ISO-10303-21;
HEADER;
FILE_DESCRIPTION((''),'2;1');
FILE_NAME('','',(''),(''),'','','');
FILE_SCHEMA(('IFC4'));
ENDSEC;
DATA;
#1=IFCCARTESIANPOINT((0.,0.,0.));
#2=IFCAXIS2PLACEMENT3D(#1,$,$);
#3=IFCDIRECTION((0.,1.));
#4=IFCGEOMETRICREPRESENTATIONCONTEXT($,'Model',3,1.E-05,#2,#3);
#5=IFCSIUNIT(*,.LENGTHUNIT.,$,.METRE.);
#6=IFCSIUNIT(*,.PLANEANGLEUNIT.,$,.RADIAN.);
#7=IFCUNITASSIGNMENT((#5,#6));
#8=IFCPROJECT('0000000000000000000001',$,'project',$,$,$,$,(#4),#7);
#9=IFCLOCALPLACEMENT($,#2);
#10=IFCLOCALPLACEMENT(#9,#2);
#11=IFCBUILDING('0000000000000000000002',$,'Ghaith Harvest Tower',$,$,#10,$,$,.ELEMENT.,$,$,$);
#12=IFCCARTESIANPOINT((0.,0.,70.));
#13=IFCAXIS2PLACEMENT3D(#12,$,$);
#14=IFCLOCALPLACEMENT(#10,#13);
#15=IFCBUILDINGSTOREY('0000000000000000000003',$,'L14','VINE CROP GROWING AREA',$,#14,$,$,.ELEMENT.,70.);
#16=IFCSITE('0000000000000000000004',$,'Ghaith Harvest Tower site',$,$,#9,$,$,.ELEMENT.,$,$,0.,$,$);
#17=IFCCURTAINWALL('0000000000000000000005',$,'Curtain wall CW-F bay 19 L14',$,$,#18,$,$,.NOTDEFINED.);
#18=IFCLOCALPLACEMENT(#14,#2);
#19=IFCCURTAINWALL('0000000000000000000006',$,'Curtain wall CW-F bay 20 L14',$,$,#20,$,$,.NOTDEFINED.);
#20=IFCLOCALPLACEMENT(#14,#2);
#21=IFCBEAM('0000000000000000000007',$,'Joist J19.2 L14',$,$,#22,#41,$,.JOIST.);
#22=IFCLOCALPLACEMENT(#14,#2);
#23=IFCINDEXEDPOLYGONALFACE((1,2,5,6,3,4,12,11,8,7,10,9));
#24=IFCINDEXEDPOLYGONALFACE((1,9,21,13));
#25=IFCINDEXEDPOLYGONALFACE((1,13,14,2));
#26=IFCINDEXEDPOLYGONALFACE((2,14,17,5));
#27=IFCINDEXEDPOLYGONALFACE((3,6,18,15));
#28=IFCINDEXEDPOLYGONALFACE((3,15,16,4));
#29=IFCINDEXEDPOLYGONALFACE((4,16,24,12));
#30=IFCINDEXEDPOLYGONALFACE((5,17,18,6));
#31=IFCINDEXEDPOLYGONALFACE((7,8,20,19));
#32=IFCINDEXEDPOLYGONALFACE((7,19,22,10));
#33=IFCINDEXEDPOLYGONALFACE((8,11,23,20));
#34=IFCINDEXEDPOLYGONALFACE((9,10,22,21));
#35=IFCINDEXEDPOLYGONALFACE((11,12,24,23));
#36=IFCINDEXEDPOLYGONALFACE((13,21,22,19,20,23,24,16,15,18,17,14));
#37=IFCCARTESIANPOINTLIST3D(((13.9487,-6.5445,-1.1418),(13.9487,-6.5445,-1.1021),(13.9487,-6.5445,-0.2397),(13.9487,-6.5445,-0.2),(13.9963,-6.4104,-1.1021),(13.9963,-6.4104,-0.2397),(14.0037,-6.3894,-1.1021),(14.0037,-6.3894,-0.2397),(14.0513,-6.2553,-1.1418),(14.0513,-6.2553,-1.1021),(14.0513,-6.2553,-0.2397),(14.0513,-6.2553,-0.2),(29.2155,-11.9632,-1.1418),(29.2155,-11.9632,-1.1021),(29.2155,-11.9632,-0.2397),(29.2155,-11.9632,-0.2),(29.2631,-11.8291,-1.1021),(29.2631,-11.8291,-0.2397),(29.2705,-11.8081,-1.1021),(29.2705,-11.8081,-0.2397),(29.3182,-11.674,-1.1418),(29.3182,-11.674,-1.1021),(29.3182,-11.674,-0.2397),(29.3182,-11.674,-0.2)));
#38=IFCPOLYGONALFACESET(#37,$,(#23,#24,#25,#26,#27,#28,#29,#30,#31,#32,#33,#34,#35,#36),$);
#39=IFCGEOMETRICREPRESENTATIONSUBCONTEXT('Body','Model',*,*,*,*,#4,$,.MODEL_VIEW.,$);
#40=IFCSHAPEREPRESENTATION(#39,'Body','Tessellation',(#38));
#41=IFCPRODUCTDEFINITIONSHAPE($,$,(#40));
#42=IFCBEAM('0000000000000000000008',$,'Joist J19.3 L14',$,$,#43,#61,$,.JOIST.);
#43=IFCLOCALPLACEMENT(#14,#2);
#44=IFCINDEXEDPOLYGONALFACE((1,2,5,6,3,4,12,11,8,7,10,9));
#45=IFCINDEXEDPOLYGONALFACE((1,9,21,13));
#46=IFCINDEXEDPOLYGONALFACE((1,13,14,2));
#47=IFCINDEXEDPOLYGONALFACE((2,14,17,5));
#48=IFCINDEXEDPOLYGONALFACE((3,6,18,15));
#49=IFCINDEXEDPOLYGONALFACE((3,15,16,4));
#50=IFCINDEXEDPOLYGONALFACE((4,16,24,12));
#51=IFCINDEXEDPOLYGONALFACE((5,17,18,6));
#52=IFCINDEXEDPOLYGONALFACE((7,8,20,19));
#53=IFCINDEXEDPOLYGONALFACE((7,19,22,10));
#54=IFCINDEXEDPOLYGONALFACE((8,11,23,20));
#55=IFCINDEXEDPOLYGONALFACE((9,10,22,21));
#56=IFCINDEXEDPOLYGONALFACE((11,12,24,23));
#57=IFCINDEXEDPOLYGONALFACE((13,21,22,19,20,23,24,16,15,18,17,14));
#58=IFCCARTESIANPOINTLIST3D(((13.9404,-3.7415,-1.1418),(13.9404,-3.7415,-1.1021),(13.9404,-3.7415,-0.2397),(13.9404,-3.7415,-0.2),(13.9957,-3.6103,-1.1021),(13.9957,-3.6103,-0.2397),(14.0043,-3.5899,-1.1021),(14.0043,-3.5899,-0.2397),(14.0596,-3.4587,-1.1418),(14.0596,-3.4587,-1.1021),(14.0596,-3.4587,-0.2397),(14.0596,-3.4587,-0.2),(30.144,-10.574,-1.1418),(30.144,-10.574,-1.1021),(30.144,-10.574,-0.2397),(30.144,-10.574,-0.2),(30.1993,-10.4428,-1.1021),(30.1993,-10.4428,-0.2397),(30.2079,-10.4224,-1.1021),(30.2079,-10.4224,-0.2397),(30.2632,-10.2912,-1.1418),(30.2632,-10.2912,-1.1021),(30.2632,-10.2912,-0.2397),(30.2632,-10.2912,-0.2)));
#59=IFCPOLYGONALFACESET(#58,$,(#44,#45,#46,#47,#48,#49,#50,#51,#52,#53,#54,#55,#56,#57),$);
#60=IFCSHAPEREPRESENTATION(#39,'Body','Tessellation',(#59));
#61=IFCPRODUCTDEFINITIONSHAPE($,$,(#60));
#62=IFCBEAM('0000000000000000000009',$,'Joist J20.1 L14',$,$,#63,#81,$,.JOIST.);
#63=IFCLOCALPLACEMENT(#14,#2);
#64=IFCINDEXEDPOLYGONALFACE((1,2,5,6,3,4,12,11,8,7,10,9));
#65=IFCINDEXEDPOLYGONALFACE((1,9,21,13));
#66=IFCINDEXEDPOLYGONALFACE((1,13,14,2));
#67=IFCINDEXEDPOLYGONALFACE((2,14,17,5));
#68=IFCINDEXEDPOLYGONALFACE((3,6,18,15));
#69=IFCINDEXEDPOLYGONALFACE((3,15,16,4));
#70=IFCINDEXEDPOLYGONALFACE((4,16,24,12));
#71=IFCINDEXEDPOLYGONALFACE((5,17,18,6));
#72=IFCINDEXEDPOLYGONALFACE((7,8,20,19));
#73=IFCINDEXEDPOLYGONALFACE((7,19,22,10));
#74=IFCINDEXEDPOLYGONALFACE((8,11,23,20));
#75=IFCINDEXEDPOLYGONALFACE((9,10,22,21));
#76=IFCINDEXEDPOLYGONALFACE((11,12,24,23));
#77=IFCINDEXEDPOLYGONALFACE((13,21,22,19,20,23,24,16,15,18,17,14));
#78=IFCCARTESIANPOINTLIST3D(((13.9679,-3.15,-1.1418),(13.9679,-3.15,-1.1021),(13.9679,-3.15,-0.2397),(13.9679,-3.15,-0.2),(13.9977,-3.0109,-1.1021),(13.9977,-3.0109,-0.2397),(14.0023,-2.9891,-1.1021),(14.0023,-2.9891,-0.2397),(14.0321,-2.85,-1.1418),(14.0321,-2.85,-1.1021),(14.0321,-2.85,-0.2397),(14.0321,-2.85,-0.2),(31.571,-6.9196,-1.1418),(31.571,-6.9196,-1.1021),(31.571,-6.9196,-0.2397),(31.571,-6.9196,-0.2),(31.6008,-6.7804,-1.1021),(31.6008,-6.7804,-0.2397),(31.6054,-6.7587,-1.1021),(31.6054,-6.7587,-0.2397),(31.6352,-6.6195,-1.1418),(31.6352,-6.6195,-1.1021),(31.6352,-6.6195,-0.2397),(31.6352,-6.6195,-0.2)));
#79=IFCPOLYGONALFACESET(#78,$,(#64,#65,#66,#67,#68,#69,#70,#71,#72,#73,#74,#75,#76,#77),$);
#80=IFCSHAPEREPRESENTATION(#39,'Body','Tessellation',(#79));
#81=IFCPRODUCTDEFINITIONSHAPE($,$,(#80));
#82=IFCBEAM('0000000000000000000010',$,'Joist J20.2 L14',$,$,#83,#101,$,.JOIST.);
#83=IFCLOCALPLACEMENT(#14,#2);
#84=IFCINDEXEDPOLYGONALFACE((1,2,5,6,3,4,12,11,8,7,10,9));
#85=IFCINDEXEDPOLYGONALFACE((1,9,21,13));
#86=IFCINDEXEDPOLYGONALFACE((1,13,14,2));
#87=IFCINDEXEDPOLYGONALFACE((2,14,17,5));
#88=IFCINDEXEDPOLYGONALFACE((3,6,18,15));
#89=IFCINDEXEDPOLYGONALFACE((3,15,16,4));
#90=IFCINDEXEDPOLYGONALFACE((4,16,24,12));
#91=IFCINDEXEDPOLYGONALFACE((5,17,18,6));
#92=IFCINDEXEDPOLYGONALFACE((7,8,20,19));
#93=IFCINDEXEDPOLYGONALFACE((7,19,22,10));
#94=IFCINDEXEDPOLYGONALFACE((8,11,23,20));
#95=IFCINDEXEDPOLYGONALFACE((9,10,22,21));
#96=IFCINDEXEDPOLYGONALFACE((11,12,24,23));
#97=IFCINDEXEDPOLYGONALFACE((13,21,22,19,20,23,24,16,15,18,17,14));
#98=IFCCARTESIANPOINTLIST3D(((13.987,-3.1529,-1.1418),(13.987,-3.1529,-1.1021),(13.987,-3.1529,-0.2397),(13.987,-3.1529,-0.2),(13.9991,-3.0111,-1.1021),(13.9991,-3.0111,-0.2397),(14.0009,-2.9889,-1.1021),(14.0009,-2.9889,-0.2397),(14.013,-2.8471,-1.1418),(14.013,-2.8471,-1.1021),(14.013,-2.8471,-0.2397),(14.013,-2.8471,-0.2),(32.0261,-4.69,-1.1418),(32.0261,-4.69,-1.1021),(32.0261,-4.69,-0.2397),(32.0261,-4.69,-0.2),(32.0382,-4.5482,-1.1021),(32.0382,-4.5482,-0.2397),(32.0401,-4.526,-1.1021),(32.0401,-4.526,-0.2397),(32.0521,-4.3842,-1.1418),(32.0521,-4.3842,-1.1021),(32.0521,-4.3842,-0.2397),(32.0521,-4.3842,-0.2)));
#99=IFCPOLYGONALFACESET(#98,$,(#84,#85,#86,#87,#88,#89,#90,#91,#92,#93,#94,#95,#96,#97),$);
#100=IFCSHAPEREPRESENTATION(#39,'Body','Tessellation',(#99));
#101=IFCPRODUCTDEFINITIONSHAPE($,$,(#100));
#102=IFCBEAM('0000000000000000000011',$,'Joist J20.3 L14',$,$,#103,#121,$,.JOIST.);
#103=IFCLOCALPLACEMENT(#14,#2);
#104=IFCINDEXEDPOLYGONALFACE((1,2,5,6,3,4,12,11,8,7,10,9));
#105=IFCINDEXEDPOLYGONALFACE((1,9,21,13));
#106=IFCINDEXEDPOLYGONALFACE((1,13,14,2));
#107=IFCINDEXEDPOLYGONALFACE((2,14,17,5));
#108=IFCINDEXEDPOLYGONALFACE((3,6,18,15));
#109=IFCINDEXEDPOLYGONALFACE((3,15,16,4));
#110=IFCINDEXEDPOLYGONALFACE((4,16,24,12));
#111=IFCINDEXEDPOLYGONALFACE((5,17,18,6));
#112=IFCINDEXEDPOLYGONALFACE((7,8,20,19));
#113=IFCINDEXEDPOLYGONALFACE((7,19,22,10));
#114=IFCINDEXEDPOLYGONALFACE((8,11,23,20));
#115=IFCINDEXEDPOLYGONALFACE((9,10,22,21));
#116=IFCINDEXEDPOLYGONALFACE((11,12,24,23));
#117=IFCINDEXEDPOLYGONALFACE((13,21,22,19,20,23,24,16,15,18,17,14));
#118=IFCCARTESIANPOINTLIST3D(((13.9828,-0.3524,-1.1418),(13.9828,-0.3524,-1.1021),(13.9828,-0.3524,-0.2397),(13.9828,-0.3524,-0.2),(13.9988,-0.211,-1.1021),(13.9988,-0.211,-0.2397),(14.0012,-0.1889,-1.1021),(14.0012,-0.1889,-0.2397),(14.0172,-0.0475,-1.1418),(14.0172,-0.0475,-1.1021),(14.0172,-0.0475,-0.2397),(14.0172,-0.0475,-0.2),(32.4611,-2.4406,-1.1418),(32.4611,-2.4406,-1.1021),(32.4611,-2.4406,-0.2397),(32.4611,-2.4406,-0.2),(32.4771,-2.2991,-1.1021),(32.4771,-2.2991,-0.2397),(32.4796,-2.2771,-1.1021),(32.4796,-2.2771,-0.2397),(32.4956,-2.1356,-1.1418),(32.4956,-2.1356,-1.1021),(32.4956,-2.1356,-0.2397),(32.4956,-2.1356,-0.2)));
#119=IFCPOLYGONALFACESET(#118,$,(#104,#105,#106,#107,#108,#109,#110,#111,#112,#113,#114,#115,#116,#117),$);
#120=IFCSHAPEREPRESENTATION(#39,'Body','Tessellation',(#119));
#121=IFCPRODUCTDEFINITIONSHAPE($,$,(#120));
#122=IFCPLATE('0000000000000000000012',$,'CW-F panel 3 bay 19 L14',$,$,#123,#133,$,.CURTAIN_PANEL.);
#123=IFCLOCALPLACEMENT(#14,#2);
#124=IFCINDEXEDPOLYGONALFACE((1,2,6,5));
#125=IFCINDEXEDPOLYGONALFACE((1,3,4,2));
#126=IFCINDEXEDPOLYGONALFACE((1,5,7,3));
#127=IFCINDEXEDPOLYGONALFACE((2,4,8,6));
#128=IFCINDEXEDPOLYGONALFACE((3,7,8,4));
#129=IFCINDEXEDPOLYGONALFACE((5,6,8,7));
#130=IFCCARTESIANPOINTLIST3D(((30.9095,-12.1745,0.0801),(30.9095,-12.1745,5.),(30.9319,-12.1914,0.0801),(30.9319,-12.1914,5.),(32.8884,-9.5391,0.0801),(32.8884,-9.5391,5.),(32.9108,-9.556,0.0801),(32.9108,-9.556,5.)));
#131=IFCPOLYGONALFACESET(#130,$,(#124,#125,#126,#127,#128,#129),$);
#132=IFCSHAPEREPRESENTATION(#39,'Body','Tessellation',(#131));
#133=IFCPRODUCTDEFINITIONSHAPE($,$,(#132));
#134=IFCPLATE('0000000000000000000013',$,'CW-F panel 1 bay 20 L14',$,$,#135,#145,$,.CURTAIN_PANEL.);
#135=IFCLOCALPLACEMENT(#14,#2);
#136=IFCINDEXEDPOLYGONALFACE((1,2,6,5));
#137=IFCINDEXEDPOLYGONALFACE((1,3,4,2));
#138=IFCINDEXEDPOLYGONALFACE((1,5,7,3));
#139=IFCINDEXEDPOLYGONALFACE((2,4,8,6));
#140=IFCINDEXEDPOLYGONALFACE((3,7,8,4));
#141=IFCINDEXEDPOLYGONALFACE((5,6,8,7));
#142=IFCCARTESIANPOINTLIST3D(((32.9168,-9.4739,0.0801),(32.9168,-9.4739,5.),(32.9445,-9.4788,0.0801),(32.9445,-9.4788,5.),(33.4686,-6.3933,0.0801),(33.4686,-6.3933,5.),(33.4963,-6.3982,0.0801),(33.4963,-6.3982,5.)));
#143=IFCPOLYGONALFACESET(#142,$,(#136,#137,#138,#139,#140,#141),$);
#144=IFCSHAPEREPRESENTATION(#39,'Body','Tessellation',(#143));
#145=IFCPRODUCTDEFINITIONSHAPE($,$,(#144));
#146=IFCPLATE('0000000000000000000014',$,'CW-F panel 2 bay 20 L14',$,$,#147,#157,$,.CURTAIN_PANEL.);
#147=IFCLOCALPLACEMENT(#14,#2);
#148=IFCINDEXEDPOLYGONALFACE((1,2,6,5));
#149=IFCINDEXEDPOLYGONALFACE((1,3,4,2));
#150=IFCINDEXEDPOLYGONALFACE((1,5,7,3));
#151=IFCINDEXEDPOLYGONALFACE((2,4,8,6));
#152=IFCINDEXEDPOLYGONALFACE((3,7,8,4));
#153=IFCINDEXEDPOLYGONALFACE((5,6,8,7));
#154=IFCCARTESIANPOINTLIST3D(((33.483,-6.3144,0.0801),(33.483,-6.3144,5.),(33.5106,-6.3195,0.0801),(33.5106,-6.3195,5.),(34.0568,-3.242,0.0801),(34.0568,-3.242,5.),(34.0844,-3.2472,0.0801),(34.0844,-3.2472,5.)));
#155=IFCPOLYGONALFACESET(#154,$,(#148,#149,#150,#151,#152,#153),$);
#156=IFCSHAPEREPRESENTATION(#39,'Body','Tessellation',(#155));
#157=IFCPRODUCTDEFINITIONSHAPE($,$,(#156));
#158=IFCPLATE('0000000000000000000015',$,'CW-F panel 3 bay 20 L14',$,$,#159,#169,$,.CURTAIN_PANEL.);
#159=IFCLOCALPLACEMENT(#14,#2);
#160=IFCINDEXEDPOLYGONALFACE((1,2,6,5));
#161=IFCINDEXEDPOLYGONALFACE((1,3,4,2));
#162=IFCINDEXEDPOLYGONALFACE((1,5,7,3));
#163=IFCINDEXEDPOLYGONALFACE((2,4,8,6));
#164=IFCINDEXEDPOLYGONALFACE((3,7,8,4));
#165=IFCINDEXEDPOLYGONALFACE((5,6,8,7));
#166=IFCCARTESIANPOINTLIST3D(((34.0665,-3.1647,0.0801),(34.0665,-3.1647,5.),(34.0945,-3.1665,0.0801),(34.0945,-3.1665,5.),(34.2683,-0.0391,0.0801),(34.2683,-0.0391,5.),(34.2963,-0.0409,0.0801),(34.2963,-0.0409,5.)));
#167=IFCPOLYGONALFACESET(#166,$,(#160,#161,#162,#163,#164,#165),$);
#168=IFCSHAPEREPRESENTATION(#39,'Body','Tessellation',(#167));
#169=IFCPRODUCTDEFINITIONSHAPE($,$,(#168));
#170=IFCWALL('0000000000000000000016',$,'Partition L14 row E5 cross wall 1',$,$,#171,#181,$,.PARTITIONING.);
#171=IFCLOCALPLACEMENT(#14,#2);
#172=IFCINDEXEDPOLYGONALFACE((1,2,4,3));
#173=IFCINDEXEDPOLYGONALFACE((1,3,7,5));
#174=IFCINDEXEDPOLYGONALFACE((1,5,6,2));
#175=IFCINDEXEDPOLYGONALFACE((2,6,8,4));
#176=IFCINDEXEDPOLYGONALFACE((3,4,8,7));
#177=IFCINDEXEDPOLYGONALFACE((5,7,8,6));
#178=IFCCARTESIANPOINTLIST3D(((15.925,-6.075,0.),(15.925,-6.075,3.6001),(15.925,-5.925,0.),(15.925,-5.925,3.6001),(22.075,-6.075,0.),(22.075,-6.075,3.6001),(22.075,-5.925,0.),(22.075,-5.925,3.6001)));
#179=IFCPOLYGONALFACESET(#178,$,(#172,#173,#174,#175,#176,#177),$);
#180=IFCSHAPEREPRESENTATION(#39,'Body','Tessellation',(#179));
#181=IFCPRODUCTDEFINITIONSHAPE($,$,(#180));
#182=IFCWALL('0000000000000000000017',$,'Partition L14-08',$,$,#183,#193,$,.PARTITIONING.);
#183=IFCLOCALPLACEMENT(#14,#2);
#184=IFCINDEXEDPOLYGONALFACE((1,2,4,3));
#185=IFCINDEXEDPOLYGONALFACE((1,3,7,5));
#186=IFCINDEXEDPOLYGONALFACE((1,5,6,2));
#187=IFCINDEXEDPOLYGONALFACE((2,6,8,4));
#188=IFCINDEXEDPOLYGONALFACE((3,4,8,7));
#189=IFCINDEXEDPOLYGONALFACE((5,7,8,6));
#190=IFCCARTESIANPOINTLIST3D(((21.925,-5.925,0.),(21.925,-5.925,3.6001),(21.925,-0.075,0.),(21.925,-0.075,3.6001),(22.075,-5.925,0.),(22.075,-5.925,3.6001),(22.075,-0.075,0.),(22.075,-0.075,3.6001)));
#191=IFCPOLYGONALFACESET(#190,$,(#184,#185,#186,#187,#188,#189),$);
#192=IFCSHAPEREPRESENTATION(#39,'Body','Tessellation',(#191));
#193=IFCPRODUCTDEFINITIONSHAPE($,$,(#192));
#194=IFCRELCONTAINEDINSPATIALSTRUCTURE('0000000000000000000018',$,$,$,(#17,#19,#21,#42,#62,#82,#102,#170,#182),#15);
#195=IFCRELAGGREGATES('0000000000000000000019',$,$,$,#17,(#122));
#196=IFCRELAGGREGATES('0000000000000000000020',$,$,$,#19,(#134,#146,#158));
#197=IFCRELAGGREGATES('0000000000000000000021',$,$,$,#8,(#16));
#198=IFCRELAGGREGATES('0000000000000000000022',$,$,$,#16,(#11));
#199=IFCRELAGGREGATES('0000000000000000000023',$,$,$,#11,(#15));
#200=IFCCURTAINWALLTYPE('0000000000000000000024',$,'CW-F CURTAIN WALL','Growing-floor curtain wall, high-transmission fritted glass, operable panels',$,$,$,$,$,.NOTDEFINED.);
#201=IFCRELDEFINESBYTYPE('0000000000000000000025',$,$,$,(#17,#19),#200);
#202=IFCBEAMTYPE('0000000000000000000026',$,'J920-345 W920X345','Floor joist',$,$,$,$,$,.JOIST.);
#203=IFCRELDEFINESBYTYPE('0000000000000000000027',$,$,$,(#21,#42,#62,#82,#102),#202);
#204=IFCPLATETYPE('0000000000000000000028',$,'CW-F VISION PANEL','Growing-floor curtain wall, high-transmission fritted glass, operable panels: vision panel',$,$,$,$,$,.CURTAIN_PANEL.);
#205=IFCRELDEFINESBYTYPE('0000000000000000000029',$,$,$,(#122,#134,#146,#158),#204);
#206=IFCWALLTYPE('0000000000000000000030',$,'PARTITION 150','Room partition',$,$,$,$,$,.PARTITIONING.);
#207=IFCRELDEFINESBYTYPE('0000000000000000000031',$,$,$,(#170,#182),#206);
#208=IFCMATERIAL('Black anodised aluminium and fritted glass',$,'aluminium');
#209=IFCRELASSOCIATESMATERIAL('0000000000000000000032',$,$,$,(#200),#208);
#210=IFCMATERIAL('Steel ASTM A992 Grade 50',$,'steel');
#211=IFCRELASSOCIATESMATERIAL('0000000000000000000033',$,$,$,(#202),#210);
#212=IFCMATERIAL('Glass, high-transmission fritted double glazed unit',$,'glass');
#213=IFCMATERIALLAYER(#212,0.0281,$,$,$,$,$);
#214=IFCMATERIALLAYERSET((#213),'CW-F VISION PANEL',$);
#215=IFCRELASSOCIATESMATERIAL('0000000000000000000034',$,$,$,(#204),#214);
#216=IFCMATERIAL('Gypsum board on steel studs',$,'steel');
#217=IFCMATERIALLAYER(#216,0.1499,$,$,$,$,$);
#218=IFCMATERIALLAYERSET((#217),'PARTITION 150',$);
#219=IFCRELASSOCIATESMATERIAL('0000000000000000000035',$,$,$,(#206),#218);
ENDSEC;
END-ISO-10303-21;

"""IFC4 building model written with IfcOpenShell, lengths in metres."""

from ifc_helpers import new_model, si_unit, direction, frame, frame_2d, origin, origin_2d, place, context, subcontext, project, spatial, rectangle, i_section, extrude, material, layer, layer_set, material_profile, profile_set, type_object, element, aggregate, save


model = new_model("IFC4")

# Units and contexts
model_context = context("Model", 3, precision=1e-05, world=origin(), true_north=direction((0.0, 1.0)))
body_context = subcontext(model_context, "Body", "Model", "MODEL_VIEW")
ifc_project = project(units=[si_unit("LENGTHUNIT", "METRE"), si_unit("PLANEANGLEUNIT", "RADIAN")], contexts=[model_context])

# Site, building, storey
site_placement = place(None, origin())
site = spatial("IfcSite", under=ifc_project, at=site_placement, Name="Ghaith Harvest Tower site", CompositionType="ELEMENT", RefElevation=0.0)
building_placement = place(site_placement, origin())
building = spatial("IfcBuilding", under=site, at=building_placement, Name="Ghaith Harvest Tower", CompositionType="ELEMENT")
storey_placement = place(building_placement, frame((0.0, 0.0, 70.0)))
storey = spatial("IfcBuildingStorey", under=building, at=storey_placement, Name="L14", Description="VINE CROP GROWING AREA", CompositionType="ELEMENT", Elevation=70.0)

# Curtain wall
ifc_material_1 = material(Name="Black anodised aluminium and fritted glass", Category="aluminium")
curtain_wall_type = type_object("IfcCurtainWallType", Name="CW-F CURTAIN WALL", Description="Growing-floor curtain wall, high-transmission fritted glass, operable panels", PredefinedType="NOTDEFINED", material=ifc_material_1)
curtain_wall_1_placement = place(storey_placement, origin())
curtain_wall_1 = element("IfcCurtainWall", 1, at=curtain_wall_1_placement, inside=storey, type_object=curtain_wall_type, Name="Curtain wall CW-F bay 19 L14", PredefinedType="NOTDEFINED")

# Curtain wall
curtain_wall_2_placement = place(storey_placement, origin())
curtain_wall_2 = element("IfcCurtainWall", 2, at=curtain_wall_2_placement, inside=storey, type_object=curtain_wall_type, Name="Curtain wall CW-F bay 20 L14", PredefinedType="NOTDEFINED")

# Beams
ifc_material_2 = material(Name="Steel ASTM A992 Grade 50", Category="steel")
ifc_material_profile_1 = material_profile(ifc_material_2, i_section(OverallWidth=0.3069, OverallDepth=0.9419, WebThickness=0.0222, FlangeThickness=0.0398, at=origin_2d()), Name="W920X345")
ifc_profile_set_1 = profile_set([ifc_material_profile_1], Name="Steel ASTM A992 Grade 50")
beam_type_1 = type_object("IfcBeamType", Name="J920-345 W920X345", Description="Floor joist", PredefinedType="JOIST", material=ifc_profile_set_1)
beam_1_placement = place(storey_placement, frame((14.0, -6.3999, -0.6709), z_axis=(0.9424, -0.334488, 0.0), x_axis=(0.334488, 0.9424, 0.0)))
element("IfcBeam", 3, at=beam_1_placement, inside=storey, type_object=beam_type_1, Name="Joist J19.2 L14", PredefinedType="JOIST", context=body_context, shape_type="SweptSolid", body=[
    extrude(i_section(OverallWidth=0.3069, OverallDepth=0.9419, WebThickness=0.0222, FlangeThickness=0.0398, at=origin_2d()), origin(), (0.0, 0.0, 1.0), 16.2),
])
beam_2_placement = place(storey_placement, frame((14.0, -3.6001, -0.6709), z_axis=(0.921433, -0.388537, 0.0), x_axis=(0.388537, 0.921433, 0.0)))
element("IfcBeam", 4, at=beam_2_placement, inside=storey, type_object=beam_type_1, Name="Joist J19.3 L14", PredefinedType="JOIST", context=body_context, shape_type="SweptSolid", body=[
    extrude(i_section(OverallWidth=0.3069, OverallDepth=0.9419, WebThickness=0.0222, FlangeThickness=0.0398, at=origin_2d()), origin(), (0.0, 0.0, 1.0), 17.5852),
])
beam_3_placement = place(storey_placement, frame((14.0, -3.0, -0.6709), z_axis=(0.977831, -0.209394, 0.0), x_axis=(0.209394, 0.977831, 0.0)))
element("IfcBeam", 5, at=beam_3_placement, inside=storey, type_object=beam_type_1, Name="Joist J20.1 L14", PredefinedType="JOIST", context=body_context, shape_type="SweptSolid", body=[
    extrude(i_section(OverallWidth=0.3069, OverallDepth=0.9419, WebThickness=0.0222, FlangeThickness=0.0398, at=origin_2d()), origin(), (0.0, 0.0, 1.0), 18.0022),
])
beam_4_placement = place(storey_placement, frame((14.0, -3.0, -0.6709), z_axis=(0.996389, -0.084902, 0.0), x_axis=(0.084902, 0.996389, 0.0)))
element("IfcBeam", 6, at=beam_4_placement, inside=storey, type_object=beam_type_1, Name="Joist J20.2 L14", PredefinedType="JOIST", context=body_context, shape_type="SweptSolid", body=[
    extrude(i_section(OverallWidth=0.3069, OverallDepth=0.9419, WebThickness=0.0222, FlangeThickness=0.0398, at=origin_2d()), origin(), (0.0, 0.0, 1.0), 18.1045),
])
beam_5_placement = place(storey_placement, frame((14.0, -0.2, -0.6709), z_axis=(0.993675, -0.11229, 0.0), x_axis=(0.11229, 0.993675, 0.0)))
element("IfcBeam", 7, at=beam_5_placement, inside=storey, type_object=beam_type_1, Name="Joist J20.3 L14", PredefinedType="JOIST", context=body_context, shape_type="SweptSolid", body=[
    extrude(i_section(OverallWidth=0.3069, OverallDepth=0.9419, WebThickness=0.0222, FlangeThickness=0.0398, at=origin_2d()), origin(), (0.0, 0.0, 1.0), 18.5959),
])

# Plates
ifc_material_3 = material(Name="Glass, high-transmission fritted double glazed unit", Category="glass")
ifc_layer_1 = layer(ifc_material_3, 0.0281)
ifc_layer_set_1 = layer_set([ifc_layer_1], Name="CW-F VISION PANEL")
plate_type = type_object("IfcPlateType", Name="CW-F VISION PANEL", Description="Growing-floor curtain wall, high-transmission fritted glass, operable panels: vision panel", PredefinedType="CURTAIN_PANEL", material=ifc_layer_set_1)
plate_1_placement = place(storey_placement, frame((31.9102, -10.8652, 0.0801), z_axis=(0.0, 0.0, 1.0), x_axis=(0.600454, 0.799659, 0.0)))
plate_1 = element("IfcPlate", 8, at=plate_1_placement, type_object=plate_type, Name="CW-F panel 3 bay 19 L14", PredefinedType="CURTAIN_PANEL", context=body_context, shape_type="SweptSolid", body=[
    extrude(rectangle(XDim=3.2957, YDim=0.0281, at=origin_2d()), origin(), (0.0, 0.0, 1.0), 4.9199),
])
aggregate(curtain_wall_1, [plate_1])
plate_2_placement = place(storey_placement, frame((33.2065, -7.936, 0.0801), z_axis=(0.0, 0.0, 1.0), x_axis=(0.17632, 0.984333, 0.0)))
plate_2 = element("IfcPlate", 9, at=plate_2_placement, type_object=plate_type, Name="CW-F panel 1 bay 20 L14", PredefinedType="CURTAIN_PANEL", context=body_context, shape_type="SweptSolid", body=[
    extrude(rectangle(XDim=3.1296, YDim=0.0281, at=origin_2d()), origin(), (0.0, 0.0, 1.0), 4.9199),
])
plate_3_placement = place(storey_placement, frame((33.7837, -4.7808, 0.0801), z_axis=(0.0, 0.0, 1.0), x_axis=(0.183569, 0.983007, 0.0)))
plate_3 = element("IfcPlate", 10, at=plate_3_placement, type_object=plate_type, Name="CW-F panel 2 bay 20 L14", PredefinedType="CURTAIN_PANEL", context=body_context, shape_type="SweptSolid", body=[
    extrude(rectangle(XDim=3.1255, YDim=0.0281, at=origin_2d()), origin(), (0.0, 0.0, 1.0), 4.9199),
])
plate_4_placement = place(storey_placement, frame((34.1814, -1.6028, 0.0801), z_axis=(0.0, 0.0, 1.0), x_axis=(0.064446, 0.997921, 0.0)))
plate_4 = element("IfcPlate", 11, at=plate_4_placement, type_object=plate_type, Name="CW-F panel 3 bay 20 L14", PredefinedType="CURTAIN_PANEL", context=body_context, shape_type="SweptSolid", body=[
    extrude(rectangle(XDim=3.1321, YDim=0.0281, at=origin_2d()), origin(), (0.0, 0.0, 1.0), 4.9199),
])
aggregate(curtain_wall_2, [plate_2, plate_3, plate_4])

# Wall
ifc_material_4 = material(Name="Gypsum board on steel studs", Category="steel")
ifc_layer_2 = layer(ifc_material_4, 0.1499)
ifc_layer_set_2 = layer_set([ifc_layer_2], Name="PARTITION 150")
wall_type = type_object("IfcWallType", Name="PARTITION 150", Description="Room partition", PredefinedType="PARTITIONING", material=ifc_layer_set_2)
wall_1_placement = place(storey_placement, frame((15.925, -6.0, 0.0), z_axis=(0.0, 0.0, 1.0), x_axis=(1.0, 0.0, 0.0)))
element("IfcWall", 12, at=wall_1_placement, inside=storey, type_object=wall_type, Name="Partition L14 row E5 cross wall 1", PredefinedType="PARTITIONING", context=body_context, shape_type="SweptSolid", body=[
    extrude(rectangle(XDim=6.1499, YDim=0.1499, at=frame_2d((3.075, 0.0))), origin(), (0.0, 0.0, 1.0), 3.6001),
])

# Wall
wall_2_placement = place(storey_placement, frame((22.0, -5.925, 0.0), z_axis=(0.0, 0.0, 1.0), x_axis=(0.0, 1.0, 0.0)))
element("IfcWall", 13, at=wall_2_placement, inside=storey, type_object=wall_type, Name="Partition L14-08", PredefinedType="PARTITIONING", context=body_context, shape_type="SweptSolid", body=[
    extrude(rectangle(XDim=5.8501, YDim=0.1499, at=frame_2d((2.925, 0.0))), origin(), (0.0, 0.0, 1.0), 3.6001),
])

save(model, "model.ifc")
